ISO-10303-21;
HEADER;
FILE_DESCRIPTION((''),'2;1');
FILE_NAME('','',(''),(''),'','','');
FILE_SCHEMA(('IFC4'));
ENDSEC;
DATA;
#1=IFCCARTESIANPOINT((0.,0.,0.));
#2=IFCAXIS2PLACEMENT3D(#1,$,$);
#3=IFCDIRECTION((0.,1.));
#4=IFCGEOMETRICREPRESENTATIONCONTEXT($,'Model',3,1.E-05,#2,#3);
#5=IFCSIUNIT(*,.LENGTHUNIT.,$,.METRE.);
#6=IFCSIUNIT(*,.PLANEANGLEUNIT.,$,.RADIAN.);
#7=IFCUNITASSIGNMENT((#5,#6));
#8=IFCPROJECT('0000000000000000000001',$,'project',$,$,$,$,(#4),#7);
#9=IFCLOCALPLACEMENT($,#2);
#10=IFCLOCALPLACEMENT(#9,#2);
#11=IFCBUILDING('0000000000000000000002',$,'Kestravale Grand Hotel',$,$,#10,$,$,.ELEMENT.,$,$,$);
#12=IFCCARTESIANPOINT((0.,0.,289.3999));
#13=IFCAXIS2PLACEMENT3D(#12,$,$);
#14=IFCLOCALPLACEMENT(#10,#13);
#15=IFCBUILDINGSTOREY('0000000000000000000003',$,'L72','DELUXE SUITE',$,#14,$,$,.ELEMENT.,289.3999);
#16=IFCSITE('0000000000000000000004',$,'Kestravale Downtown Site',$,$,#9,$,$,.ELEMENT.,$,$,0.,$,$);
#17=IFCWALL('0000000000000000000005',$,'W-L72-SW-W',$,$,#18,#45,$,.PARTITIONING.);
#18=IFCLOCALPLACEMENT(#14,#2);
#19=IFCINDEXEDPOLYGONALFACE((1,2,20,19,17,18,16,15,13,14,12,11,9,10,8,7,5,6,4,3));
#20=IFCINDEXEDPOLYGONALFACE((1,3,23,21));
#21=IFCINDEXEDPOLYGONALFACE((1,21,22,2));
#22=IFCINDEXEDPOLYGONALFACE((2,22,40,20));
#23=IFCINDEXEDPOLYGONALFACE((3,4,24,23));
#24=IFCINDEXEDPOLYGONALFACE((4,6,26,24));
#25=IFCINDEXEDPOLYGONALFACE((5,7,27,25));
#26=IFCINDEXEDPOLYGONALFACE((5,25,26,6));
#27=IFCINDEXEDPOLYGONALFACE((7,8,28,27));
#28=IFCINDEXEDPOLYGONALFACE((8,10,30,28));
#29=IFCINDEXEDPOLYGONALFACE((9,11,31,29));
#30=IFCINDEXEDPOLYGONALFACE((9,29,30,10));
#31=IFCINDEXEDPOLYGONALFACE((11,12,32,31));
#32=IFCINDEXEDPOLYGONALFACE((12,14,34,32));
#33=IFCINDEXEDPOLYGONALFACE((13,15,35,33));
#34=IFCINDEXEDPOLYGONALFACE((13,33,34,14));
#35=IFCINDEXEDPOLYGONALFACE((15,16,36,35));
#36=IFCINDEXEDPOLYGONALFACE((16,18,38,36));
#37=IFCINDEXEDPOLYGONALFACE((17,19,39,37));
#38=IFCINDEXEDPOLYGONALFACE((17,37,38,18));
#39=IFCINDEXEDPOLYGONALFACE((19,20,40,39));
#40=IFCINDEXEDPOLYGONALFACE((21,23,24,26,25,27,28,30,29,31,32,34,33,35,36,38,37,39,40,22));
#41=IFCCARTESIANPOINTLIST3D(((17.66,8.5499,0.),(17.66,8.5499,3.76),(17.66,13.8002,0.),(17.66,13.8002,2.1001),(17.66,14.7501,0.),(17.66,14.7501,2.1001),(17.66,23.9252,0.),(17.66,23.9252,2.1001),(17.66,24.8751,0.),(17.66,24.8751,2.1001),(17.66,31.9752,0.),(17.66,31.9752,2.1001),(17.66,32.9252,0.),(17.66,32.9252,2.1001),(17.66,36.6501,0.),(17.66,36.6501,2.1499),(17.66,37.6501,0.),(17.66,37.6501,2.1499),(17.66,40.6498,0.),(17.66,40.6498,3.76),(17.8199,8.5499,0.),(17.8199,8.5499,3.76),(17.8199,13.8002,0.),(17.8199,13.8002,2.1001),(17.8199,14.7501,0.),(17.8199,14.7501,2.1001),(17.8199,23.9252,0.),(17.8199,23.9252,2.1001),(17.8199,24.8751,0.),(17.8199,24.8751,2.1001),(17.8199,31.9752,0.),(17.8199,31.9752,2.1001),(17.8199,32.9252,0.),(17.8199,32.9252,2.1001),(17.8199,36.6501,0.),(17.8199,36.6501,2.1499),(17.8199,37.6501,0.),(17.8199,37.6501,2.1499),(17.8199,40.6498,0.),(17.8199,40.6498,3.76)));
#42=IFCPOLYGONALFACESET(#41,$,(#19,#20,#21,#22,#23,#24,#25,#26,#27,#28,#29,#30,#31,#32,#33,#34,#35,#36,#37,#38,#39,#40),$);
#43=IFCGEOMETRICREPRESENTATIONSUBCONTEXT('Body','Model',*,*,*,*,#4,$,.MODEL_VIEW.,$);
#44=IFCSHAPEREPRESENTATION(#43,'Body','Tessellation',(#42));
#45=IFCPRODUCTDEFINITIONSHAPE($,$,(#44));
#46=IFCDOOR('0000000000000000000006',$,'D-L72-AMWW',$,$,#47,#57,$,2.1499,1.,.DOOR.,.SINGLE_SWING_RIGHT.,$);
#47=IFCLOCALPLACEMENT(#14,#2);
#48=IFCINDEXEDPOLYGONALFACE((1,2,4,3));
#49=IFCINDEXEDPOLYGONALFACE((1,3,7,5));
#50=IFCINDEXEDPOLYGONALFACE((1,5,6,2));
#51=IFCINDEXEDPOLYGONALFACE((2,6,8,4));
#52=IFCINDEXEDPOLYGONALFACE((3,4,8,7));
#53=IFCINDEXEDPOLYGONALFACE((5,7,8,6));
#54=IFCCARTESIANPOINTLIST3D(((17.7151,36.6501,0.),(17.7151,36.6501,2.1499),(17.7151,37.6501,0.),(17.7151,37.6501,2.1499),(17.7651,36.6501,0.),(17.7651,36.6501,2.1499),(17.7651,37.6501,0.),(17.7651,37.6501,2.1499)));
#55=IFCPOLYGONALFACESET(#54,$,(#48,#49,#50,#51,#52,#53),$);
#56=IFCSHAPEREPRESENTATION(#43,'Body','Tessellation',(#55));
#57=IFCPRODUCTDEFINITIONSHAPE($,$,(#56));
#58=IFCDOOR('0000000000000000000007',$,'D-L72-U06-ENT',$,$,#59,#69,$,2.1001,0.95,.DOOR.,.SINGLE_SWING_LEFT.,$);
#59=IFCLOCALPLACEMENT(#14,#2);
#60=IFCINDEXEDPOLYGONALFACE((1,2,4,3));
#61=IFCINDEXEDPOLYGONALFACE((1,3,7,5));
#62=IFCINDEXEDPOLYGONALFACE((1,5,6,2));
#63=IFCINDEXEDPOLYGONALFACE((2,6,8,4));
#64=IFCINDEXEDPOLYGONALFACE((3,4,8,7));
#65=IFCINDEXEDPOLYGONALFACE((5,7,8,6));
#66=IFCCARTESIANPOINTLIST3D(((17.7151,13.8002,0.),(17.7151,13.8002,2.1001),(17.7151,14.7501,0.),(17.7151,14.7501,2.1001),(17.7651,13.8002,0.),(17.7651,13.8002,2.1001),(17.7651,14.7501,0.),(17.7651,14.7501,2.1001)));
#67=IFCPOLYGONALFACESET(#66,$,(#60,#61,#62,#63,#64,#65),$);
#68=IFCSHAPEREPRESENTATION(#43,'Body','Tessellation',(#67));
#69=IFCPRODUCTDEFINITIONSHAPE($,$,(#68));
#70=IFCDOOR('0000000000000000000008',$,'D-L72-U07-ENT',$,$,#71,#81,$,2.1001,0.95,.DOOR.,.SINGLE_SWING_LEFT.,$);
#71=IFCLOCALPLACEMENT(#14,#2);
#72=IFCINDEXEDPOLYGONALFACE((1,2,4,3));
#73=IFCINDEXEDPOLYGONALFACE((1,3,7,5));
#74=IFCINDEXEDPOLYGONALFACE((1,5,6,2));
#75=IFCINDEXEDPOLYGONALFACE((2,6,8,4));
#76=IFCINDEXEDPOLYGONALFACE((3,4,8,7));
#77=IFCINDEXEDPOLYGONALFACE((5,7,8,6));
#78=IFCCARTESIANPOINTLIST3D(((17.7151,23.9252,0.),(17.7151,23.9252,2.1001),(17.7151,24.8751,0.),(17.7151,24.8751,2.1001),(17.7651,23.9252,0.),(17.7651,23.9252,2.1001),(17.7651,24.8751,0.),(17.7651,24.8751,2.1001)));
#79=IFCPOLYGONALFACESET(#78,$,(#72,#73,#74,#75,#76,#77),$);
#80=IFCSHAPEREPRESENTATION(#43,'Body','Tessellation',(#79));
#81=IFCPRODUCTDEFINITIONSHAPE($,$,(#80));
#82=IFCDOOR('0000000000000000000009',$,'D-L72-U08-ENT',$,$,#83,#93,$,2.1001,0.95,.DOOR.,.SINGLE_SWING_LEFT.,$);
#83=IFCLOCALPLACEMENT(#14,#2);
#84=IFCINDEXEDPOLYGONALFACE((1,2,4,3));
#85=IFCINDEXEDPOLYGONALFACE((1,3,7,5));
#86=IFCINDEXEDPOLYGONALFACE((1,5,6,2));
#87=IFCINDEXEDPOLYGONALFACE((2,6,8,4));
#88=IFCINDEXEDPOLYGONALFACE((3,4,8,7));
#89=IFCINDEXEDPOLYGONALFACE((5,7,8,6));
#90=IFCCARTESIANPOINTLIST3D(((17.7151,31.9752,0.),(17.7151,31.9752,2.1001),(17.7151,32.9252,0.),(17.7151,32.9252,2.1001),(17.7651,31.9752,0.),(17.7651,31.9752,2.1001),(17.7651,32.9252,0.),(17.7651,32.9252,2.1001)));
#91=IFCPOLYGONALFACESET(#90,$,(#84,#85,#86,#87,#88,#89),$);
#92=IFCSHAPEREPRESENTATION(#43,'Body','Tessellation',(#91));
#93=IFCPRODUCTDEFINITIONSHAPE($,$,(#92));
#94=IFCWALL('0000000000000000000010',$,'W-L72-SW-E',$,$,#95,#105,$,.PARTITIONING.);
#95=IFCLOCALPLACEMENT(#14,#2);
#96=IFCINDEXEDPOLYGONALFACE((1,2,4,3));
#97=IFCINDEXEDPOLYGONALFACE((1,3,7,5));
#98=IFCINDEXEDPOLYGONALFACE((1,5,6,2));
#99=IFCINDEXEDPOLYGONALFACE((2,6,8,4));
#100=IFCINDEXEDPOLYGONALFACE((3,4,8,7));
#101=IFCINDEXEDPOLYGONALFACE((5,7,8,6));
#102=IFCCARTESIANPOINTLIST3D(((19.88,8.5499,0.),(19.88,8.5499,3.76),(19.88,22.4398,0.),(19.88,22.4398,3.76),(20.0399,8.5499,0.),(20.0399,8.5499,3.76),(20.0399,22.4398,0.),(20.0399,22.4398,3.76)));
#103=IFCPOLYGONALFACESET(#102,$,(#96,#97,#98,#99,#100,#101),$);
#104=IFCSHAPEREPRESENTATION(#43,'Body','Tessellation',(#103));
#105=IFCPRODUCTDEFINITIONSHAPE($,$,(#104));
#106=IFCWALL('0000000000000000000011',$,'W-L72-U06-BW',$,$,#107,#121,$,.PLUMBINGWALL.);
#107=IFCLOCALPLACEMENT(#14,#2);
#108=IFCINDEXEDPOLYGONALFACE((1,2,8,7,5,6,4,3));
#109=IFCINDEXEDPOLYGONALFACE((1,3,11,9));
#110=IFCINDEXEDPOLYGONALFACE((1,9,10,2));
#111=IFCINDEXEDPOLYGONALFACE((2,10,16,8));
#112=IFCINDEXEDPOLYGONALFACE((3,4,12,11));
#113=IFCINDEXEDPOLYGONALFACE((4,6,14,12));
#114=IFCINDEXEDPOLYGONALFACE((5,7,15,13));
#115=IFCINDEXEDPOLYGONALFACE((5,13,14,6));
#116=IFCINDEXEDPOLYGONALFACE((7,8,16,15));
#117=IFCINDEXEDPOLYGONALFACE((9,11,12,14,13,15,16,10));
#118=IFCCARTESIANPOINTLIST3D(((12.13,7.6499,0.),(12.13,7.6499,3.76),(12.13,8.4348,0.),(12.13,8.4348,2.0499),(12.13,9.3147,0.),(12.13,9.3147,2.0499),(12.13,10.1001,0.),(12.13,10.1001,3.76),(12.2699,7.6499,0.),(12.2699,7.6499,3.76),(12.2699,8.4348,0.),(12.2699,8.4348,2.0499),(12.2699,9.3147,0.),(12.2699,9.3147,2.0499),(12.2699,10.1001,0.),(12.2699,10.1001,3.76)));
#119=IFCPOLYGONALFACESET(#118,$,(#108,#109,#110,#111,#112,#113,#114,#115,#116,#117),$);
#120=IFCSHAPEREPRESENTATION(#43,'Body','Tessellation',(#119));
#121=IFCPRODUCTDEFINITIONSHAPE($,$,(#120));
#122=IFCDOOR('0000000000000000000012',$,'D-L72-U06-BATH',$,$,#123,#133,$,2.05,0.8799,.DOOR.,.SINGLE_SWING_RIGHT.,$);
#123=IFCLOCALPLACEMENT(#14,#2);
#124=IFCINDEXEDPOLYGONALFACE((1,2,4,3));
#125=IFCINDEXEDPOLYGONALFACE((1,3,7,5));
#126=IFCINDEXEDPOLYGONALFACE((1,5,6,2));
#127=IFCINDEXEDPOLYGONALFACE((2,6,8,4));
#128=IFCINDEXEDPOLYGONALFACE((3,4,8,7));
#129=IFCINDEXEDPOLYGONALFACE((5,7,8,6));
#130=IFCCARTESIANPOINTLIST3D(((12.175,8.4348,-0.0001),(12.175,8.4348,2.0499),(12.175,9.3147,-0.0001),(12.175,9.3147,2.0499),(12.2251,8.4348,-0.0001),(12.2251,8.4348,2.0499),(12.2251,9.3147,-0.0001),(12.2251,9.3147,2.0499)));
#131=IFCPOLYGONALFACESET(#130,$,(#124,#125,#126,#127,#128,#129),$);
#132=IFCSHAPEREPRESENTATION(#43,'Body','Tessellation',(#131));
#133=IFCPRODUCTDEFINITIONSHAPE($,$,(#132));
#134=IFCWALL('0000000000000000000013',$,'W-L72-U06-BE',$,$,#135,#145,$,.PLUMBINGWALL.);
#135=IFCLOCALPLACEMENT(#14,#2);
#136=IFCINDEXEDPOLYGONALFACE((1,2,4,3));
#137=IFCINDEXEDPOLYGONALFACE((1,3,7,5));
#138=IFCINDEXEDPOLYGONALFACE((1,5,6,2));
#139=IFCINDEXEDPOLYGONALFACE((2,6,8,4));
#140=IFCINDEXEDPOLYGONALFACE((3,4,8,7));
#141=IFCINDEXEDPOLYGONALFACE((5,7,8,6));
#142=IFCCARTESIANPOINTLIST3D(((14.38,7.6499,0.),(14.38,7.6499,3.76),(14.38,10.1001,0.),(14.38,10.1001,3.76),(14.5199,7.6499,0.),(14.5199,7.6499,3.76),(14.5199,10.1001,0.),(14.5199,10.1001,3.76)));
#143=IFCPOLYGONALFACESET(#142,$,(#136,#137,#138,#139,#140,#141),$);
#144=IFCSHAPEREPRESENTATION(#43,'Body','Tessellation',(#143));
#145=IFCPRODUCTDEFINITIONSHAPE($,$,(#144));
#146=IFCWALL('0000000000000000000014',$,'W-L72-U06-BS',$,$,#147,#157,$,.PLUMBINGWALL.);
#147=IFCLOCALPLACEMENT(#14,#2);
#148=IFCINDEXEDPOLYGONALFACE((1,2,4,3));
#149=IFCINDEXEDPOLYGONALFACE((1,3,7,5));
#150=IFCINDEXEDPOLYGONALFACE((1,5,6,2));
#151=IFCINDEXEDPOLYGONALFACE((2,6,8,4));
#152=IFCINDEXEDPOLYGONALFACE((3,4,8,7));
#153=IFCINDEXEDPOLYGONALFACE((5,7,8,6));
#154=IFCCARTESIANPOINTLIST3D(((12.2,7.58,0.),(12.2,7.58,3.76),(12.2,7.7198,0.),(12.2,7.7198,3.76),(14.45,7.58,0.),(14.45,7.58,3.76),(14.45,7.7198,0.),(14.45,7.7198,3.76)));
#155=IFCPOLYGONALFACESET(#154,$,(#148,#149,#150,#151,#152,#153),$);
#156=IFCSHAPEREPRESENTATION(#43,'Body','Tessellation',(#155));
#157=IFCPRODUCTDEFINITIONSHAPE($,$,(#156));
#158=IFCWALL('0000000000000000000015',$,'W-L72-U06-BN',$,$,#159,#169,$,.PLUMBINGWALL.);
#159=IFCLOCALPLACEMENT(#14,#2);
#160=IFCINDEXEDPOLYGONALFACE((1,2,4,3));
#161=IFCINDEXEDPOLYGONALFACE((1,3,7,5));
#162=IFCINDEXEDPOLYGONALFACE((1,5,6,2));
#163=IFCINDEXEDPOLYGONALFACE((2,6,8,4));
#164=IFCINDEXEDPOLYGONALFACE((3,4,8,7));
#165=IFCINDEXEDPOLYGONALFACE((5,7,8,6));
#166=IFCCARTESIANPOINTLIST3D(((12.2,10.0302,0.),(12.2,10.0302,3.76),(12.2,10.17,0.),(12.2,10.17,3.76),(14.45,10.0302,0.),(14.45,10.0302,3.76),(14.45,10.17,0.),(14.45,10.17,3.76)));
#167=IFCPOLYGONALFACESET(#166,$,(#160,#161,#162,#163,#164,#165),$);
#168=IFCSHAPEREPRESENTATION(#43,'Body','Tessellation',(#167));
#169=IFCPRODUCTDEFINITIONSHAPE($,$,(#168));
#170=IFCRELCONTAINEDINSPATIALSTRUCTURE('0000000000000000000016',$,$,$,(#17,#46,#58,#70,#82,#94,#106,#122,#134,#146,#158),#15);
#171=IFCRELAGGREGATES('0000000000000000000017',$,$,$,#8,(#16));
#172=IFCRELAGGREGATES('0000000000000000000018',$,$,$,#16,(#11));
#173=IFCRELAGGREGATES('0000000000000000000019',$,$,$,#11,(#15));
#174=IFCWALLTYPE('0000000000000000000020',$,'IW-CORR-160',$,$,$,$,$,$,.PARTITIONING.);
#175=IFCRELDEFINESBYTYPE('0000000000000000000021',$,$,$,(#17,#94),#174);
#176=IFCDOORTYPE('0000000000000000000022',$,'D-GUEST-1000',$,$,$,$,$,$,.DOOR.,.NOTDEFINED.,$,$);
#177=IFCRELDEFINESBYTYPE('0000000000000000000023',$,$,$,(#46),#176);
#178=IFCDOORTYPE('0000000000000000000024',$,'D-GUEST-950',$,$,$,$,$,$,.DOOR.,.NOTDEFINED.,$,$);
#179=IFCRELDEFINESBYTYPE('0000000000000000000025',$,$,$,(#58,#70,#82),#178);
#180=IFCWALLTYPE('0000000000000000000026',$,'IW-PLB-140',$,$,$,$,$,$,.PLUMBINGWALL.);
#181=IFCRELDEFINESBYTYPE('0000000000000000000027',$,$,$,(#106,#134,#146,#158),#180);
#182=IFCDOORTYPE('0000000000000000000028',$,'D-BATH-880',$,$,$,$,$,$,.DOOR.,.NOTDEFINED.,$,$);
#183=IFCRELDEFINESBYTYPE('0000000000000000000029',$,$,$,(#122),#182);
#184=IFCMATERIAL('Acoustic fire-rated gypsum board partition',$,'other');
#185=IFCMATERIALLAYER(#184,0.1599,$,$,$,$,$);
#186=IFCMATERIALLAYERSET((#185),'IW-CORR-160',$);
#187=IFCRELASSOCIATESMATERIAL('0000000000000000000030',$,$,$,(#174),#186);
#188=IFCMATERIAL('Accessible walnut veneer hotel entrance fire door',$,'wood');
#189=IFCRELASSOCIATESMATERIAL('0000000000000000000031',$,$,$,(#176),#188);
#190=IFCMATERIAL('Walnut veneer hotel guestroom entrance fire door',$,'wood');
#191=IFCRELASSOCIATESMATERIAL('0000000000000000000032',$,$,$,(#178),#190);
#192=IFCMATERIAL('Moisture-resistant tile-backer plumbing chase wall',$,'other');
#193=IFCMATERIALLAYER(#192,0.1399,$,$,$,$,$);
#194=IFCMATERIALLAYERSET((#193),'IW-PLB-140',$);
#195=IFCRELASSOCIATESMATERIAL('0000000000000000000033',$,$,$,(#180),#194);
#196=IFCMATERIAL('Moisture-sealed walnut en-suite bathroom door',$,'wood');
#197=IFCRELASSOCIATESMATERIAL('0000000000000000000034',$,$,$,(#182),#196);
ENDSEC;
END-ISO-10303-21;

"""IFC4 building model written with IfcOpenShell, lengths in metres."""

from ifc_helpers import new_model, si_unit, direction, frame, frame_2d, origin, place, context, subcontext, project, spatial, rectangle, extrude, material, layer, layer_set, type_object, element, fill, save


model = new_model("IFC4")

# Units and contexts
model_context = context("Model", 3, precision=1e-05, world=origin(), true_north=direction((0.0, 1.0)))
body_context = subcontext(model_context, "Body", "Model", "MODEL_VIEW")
ifc_project = project(units=[si_unit("LENGTHUNIT", "METRE"), si_unit("PLANEANGLEUNIT", "RADIAN")], contexts=[model_context])

# Site, building, storey
site_placement = place(None, origin())
site = spatial("IfcSite", under=ifc_project, at=site_placement, Name="Kestravale Downtown Site", CompositionType="ELEMENT", RefElevation=0.0)
building_placement = place(site_placement, origin())
building = spatial("IfcBuilding", under=site, at=building_placement, Name="Kestravale Grand Hotel", CompositionType="ELEMENT")
storey_placement = place(building_placement, frame((0.0, 0.0, 289.3999)))
storey = spatial("IfcBuildingStorey", under=building, at=storey_placement, Name="L72", Description="DELUXE SUITE", CompositionType="ELEMENT", Elevation=289.3999)

# Wall, openings, doors
ifc_material_1 = material(Name="Acoustic fire-rated gypsum board partition", Category="other")
ifc_layer_1 = layer(ifc_material_1, 0.1599)
ifc_layer_set_1 = layer_set([ifc_layer_1], Name="IW-CORR-160")
wall_type_1 = type_object("IfcWallType", Name="IW-CORR-160", PredefinedType="PARTITIONING", material=ifc_layer_set_1)
wall_1_placement = place(storey_placement, frame((17.74, 8.55, 0.0), z_axis=(0.0, 0.0, 1.0), x_axis=(0.0, 1.0, 0.0)))
wall_1 = element("IfcWall", 1, at=wall_1_placement, inside=storey, type_object=wall_type_1, Name="W-L72-SW-W", PredefinedType="PARTITIONING", context=body_context, shape_type="SweptSolid", body=[
    extrude(rectangle(XDim=32.0999, YDim=0.1599, at=frame_2d((16.0498, 0.0))), origin(), (0.0, 0.0, 1.0), 3.76),
])
opening_1_placement = place(wall_1_placement, frame((5.25, 0.0, 0.0)))
opening_1 = element("IfcOpeningElement", 2, at=opening_1_placement, cuts=wall_1, PredefinedType="OPENING", context=body_context, shape_type="SweptSolid", body=[
    extrude(rectangle(XDim=0.95, YDim=2.1001, at=frame_2d((0.4751, 1.05))), frame((0.0, 0.0898, 0.0), z_axis=(0.0, -1.0, 0.0), x_axis=(1.0, 0.0, 0.0)), (0.0, 0.0, 1.0), 0.1799),
])
opening_2_placement = place(wall_1_placement, frame((15.375, 0.0, 0.0)))
opening_2 = element("IfcOpeningElement", 3, at=opening_2_placement, cuts=wall_1, PredefinedType="OPENING", context=body_context, shape_type="SweptSolid", body=[
    extrude(rectangle(XDim=0.95, YDim=2.1001, at=frame_2d((0.4751, 1.05))), frame((0.0, 0.0898, 0.0), z_axis=(0.0, -1.0, 0.0), x_axis=(1.0, 0.0, 0.0)), (0.0, 0.0, 1.0), 0.1799),
])
opening_3_placement = place(wall_1_placement, frame((23.425, 0.0, 0.0)))
opening_3 = element("IfcOpeningElement", 4, at=opening_3_placement, cuts=wall_1, PredefinedType="OPENING", context=body_context, shape_type="SweptSolid", body=[
    extrude(rectangle(XDim=0.95, YDim=2.1001, at=frame_2d((0.4751, 1.05))), frame((0.0, 0.0898, 0.0), z_axis=(0.0, -1.0, 0.0), x_axis=(1.0, 0.0, 0.0)), (0.0, 0.0, 1.0), 0.1799),
])
opening_4_placement = place(wall_1_placement, frame((28.1001, 0.0, 0.0)))
opening_4 = element("IfcOpeningElement", 5, at=opening_4_placement, cuts=wall_1, PredefinedType="OPENING", context=body_context, shape_type="SweptSolid", body=[
    extrude(rectangle(XDim=1.0, YDim=2.1499, at=frame_2d((0.5, 1.075))), frame((0.0, 0.0898, 0.0), z_axis=(0.0, -1.0, 0.0), x_axis=(1.0, 0.0, 0.0)), (0.0, 0.0, 1.0), 0.1799),
])
ifc_material_2 = material(Name="Accessible walnut veneer hotel entrance fire door", Category="wood")
door_type_1 = type_object("IfcDoorType", Name="D-GUEST-1000", OperationType="NOTDEFINED", PredefinedType="DOOR", material=ifc_material_2)
door_1_placement = place(opening_4_placement, origin())
door_1 = element("IfcDoor", 6, at=door_1_placement, inside=storey, type_object=door_type_1, Name="D-L72-AMWW", OperationType="SINGLE_SWING_RIGHT", OverallHeight=2.1499, OverallWidth=1.0, PredefinedType="DOOR", context=body_context, shape_type="SweptSolid", body=[
    extrude(rectangle(XDim=1.0, YDim=2.1499, at=frame_2d((0.5, 1.075))), frame((0.0, 0.0249, 0.0), z_axis=(0.0, -1.0, 0.0), x_axis=(1.0, 0.0, 0.0)), (0.0, 0.0, 1.0), 0.05),
])
fill(opening_4, door_1)
ifc_material_3 = material(Name="Walnut veneer hotel guestroom entrance fire door", Category="wood")
door_type_2 = type_object("IfcDoorType", Name="D-GUEST-950", OperationType="NOTDEFINED", PredefinedType="DOOR", material=ifc_material_3)
door_2_placement = place(opening_1_placement, origin())
door_2 = element("IfcDoor", 7, at=door_2_placement, inside=storey, type_object=door_type_2, Name="D-L72-U06-ENT", OperationType="SINGLE_SWING_LEFT", OverallHeight=2.1001, OverallWidth=0.95, PredefinedType="DOOR", context=body_context, shape_type="SweptSolid", body=[
    extrude(rectangle(XDim=0.95, YDim=2.1001, at=frame_2d((0.4751, 1.05))), frame((0.0, 0.0249, 0.0), z_axis=(0.0, -1.0, 0.0), x_axis=(1.0, 0.0, 0.0)), (0.0, 0.0, 1.0), 0.05),
])
fill(opening_1, door_2)
door_3_placement = place(opening_2_placement, origin())
door_3 = element("IfcDoor", 8, at=door_3_placement, inside=storey, type_object=door_type_2, Name="D-L72-U07-ENT", OperationType="SINGLE_SWING_LEFT", OverallHeight=2.1001, OverallWidth=0.95, PredefinedType="DOOR", context=body_context, shape_type="SweptSolid", body=[
    extrude(rectangle(XDim=0.95, YDim=2.1001, at=frame_2d((0.4751, 1.05))), frame((0.0, 0.0249, 0.0), z_axis=(0.0, -1.0, 0.0), x_axis=(1.0, 0.0, 0.0)), (0.0, 0.0, 1.0), 0.05),
])
fill(opening_2, door_3)
door_4_placement = place(opening_3_placement, origin())
door_4 = element("IfcDoor", 9, at=door_4_placement, inside=storey, type_object=door_type_2, Name="D-L72-U08-ENT", OperationType="SINGLE_SWING_LEFT", OverallHeight=2.1001, OverallWidth=0.95, PredefinedType="DOOR", context=body_context, shape_type="SweptSolid", body=[
    extrude(rectangle(XDim=0.95, YDim=2.1001, at=frame_2d((0.4751, 1.05))), frame((0.0, 0.0249, 0.0), z_axis=(0.0, -1.0, 0.0), x_axis=(1.0, 0.0, 0.0)), (0.0, 0.0, 1.0), 0.05),
])
fill(opening_3, door_4)

# Wall
wall_2_placement = place(storey_placement, frame((19.96, 8.55, 0.0), z_axis=(0.0, 0.0, 1.0), x_axis=(0.0, 1.0, 0.0)))
element("IfcWall", 10, at=wall_2_placement, inside=storey, type_object=wall_type_1, Name="W-L72-SW-E", PredefinedType="PARTITIONING", context=body_context, shape_type="SweptSolid", body=[
    extrude(rectangle(XDim=13.8899, YDim=0.1599, at=frame_2d((6.9448, 0.0))), origin(), (0.0, 0.0, 1.0), 3.76),
])

# Wall, opening, door
ifc_material_4 = material(Name="Moisture-resistant tile-backer plumbing chase wall", Category="other")
ifc_layer_2 = layer(ifc_material_4, 0.1399)
ifc_layer_set_2 = layer_set([ifc_layer_2], Name="IW-PLB-140")
wall_type_2 = type_object("IfcWallType", Name="IW-PLB-140", PredefinedType="PLUMBINGWALL", material=ifc_layer_set_2)
wall_3_placement = place(storey_placement, frame((12.2, 7.6499, 0.0), z_axis=(0.0, 0.0, 1.0), x_axis=(0.0, 1.0, 0.0)))
wall_3 = element("IfcWall", 11, at=wall_3_placement, inside=storey, type_object=wall_type_2, Name="W-L72-U06-BW", PredefinedType="PLUMBINGWALL", context=body_context, shape_type="SweptSolid", body=[
    extrude(rectangle(XDim=2.4502, YDim=0.1399, at=frame_2d((1.2251, 0.0))), origin(), (0.0, 0.0, 1.0), 3.76),
])
opening_5_placement = place(wall_3_placement, frame((0.7849, 0.0, 0.0)))
opening_5 = element("IfcOpeningElement", 12, at=opening_5_placement, cuts=wall_3, PredefinedType="OPENING", context=body_context, shape_type="SweptSolid", body=[
    extrude(rectangle(XDim=0.8799, YDim=2.05, at=frame_2d((0.4399, 1.0249))), frame((0.0, 0.0798, 0.0), z_axis=(0.0, -1.0, 0.0), x_axis=(1.0, 0.0, 0.0)), (0.0, 0.0, 1.0), 0.1599),
])
ifc_material_5 = material(Name="Moisture-sealed walnut en-suite bathroom door", Category="wood")
door_type_3 = type_object("IfcDoorType", Name="D-BATH-880", OperationType="NOTDEFINED", PredefinedType="DOOR", material=ifc_material_5)
door_5_placement = place(opening_5_placement, origin())
door_5 = element("IfcDoor", 13, at=door_5_placement, inside=storey, type_object=door_type_3, Name="D-L72-U06-BATH", OperationType="SINGLE_SWING_RIGHT", OverallHeight=2.05, OverallWidth=0.8799, PredefinedType="DOOR", context=body_context, shape_type="SweptSolid", body=[
    extrude(rectangle(XDim=0.8799, YDim=2.05, at=frame_2d((0.4399, 1.0249))), frame((0.0, 0.0249, 0.0), z_axis=(0.0, -1.0, 0.0), x_axis=(1.0, 0.0, 0.0)), (0.0, 0.0, 1.0), 0.05),
])
fill(opening_5, door_5)

# Walls
wall_4_placement = place(storey_placement, frame((14.45, 7.6499, 0.0), z_axis=(0.0, 0.0, 1.0), x_axis=(0.0, 1.0, 0.0)))
element("IfcWall", 14, at=wall_4_placement, inside=storey, type_object=wall_type_2, Name="W-L72-U06-BE", PredefinedType="PLUMBINGWALL", context=body_context, shape_type="SweptSolid", body=[
    extrude(rectangle(XDim=2.4502, YDim=0.1399, at=frame_2d((1.2251, 0.0))), origin(), (0.0, 0.0, 1.0), 3.76),
])
for number, where, z_axis, x_axis, name in (
    (15, (12.2, 7.6499, 0.0), (0.0, 0.0, 1.0), (1.0, 0.0, 0.0), "W-L72-U06-BS"),
    (16, (12.2, 10.1001, 0.0), (0.0, 0.0, 1.0), (1.0, 0.0, 0.0), "W-L72-U06-BN"),
):
    element("IfcWall", number, at=place(storey_placement, frame(where, z_axis=z_axis, x_axis=x_axis)), inside=storey, type_object=wall_type_2, Name=name, PredefinedType="PLUMBINGWALL", context=body_context, shape_type="SweptSolid", body=[
        extrude(rectangle(XDim=2.25, YDim=0.1399, at=frame_2d((1.125, 0.0))), origin(), (0.0, 0.0, 1.0), 3.76),
    ])

save(model, "model.ifc")
